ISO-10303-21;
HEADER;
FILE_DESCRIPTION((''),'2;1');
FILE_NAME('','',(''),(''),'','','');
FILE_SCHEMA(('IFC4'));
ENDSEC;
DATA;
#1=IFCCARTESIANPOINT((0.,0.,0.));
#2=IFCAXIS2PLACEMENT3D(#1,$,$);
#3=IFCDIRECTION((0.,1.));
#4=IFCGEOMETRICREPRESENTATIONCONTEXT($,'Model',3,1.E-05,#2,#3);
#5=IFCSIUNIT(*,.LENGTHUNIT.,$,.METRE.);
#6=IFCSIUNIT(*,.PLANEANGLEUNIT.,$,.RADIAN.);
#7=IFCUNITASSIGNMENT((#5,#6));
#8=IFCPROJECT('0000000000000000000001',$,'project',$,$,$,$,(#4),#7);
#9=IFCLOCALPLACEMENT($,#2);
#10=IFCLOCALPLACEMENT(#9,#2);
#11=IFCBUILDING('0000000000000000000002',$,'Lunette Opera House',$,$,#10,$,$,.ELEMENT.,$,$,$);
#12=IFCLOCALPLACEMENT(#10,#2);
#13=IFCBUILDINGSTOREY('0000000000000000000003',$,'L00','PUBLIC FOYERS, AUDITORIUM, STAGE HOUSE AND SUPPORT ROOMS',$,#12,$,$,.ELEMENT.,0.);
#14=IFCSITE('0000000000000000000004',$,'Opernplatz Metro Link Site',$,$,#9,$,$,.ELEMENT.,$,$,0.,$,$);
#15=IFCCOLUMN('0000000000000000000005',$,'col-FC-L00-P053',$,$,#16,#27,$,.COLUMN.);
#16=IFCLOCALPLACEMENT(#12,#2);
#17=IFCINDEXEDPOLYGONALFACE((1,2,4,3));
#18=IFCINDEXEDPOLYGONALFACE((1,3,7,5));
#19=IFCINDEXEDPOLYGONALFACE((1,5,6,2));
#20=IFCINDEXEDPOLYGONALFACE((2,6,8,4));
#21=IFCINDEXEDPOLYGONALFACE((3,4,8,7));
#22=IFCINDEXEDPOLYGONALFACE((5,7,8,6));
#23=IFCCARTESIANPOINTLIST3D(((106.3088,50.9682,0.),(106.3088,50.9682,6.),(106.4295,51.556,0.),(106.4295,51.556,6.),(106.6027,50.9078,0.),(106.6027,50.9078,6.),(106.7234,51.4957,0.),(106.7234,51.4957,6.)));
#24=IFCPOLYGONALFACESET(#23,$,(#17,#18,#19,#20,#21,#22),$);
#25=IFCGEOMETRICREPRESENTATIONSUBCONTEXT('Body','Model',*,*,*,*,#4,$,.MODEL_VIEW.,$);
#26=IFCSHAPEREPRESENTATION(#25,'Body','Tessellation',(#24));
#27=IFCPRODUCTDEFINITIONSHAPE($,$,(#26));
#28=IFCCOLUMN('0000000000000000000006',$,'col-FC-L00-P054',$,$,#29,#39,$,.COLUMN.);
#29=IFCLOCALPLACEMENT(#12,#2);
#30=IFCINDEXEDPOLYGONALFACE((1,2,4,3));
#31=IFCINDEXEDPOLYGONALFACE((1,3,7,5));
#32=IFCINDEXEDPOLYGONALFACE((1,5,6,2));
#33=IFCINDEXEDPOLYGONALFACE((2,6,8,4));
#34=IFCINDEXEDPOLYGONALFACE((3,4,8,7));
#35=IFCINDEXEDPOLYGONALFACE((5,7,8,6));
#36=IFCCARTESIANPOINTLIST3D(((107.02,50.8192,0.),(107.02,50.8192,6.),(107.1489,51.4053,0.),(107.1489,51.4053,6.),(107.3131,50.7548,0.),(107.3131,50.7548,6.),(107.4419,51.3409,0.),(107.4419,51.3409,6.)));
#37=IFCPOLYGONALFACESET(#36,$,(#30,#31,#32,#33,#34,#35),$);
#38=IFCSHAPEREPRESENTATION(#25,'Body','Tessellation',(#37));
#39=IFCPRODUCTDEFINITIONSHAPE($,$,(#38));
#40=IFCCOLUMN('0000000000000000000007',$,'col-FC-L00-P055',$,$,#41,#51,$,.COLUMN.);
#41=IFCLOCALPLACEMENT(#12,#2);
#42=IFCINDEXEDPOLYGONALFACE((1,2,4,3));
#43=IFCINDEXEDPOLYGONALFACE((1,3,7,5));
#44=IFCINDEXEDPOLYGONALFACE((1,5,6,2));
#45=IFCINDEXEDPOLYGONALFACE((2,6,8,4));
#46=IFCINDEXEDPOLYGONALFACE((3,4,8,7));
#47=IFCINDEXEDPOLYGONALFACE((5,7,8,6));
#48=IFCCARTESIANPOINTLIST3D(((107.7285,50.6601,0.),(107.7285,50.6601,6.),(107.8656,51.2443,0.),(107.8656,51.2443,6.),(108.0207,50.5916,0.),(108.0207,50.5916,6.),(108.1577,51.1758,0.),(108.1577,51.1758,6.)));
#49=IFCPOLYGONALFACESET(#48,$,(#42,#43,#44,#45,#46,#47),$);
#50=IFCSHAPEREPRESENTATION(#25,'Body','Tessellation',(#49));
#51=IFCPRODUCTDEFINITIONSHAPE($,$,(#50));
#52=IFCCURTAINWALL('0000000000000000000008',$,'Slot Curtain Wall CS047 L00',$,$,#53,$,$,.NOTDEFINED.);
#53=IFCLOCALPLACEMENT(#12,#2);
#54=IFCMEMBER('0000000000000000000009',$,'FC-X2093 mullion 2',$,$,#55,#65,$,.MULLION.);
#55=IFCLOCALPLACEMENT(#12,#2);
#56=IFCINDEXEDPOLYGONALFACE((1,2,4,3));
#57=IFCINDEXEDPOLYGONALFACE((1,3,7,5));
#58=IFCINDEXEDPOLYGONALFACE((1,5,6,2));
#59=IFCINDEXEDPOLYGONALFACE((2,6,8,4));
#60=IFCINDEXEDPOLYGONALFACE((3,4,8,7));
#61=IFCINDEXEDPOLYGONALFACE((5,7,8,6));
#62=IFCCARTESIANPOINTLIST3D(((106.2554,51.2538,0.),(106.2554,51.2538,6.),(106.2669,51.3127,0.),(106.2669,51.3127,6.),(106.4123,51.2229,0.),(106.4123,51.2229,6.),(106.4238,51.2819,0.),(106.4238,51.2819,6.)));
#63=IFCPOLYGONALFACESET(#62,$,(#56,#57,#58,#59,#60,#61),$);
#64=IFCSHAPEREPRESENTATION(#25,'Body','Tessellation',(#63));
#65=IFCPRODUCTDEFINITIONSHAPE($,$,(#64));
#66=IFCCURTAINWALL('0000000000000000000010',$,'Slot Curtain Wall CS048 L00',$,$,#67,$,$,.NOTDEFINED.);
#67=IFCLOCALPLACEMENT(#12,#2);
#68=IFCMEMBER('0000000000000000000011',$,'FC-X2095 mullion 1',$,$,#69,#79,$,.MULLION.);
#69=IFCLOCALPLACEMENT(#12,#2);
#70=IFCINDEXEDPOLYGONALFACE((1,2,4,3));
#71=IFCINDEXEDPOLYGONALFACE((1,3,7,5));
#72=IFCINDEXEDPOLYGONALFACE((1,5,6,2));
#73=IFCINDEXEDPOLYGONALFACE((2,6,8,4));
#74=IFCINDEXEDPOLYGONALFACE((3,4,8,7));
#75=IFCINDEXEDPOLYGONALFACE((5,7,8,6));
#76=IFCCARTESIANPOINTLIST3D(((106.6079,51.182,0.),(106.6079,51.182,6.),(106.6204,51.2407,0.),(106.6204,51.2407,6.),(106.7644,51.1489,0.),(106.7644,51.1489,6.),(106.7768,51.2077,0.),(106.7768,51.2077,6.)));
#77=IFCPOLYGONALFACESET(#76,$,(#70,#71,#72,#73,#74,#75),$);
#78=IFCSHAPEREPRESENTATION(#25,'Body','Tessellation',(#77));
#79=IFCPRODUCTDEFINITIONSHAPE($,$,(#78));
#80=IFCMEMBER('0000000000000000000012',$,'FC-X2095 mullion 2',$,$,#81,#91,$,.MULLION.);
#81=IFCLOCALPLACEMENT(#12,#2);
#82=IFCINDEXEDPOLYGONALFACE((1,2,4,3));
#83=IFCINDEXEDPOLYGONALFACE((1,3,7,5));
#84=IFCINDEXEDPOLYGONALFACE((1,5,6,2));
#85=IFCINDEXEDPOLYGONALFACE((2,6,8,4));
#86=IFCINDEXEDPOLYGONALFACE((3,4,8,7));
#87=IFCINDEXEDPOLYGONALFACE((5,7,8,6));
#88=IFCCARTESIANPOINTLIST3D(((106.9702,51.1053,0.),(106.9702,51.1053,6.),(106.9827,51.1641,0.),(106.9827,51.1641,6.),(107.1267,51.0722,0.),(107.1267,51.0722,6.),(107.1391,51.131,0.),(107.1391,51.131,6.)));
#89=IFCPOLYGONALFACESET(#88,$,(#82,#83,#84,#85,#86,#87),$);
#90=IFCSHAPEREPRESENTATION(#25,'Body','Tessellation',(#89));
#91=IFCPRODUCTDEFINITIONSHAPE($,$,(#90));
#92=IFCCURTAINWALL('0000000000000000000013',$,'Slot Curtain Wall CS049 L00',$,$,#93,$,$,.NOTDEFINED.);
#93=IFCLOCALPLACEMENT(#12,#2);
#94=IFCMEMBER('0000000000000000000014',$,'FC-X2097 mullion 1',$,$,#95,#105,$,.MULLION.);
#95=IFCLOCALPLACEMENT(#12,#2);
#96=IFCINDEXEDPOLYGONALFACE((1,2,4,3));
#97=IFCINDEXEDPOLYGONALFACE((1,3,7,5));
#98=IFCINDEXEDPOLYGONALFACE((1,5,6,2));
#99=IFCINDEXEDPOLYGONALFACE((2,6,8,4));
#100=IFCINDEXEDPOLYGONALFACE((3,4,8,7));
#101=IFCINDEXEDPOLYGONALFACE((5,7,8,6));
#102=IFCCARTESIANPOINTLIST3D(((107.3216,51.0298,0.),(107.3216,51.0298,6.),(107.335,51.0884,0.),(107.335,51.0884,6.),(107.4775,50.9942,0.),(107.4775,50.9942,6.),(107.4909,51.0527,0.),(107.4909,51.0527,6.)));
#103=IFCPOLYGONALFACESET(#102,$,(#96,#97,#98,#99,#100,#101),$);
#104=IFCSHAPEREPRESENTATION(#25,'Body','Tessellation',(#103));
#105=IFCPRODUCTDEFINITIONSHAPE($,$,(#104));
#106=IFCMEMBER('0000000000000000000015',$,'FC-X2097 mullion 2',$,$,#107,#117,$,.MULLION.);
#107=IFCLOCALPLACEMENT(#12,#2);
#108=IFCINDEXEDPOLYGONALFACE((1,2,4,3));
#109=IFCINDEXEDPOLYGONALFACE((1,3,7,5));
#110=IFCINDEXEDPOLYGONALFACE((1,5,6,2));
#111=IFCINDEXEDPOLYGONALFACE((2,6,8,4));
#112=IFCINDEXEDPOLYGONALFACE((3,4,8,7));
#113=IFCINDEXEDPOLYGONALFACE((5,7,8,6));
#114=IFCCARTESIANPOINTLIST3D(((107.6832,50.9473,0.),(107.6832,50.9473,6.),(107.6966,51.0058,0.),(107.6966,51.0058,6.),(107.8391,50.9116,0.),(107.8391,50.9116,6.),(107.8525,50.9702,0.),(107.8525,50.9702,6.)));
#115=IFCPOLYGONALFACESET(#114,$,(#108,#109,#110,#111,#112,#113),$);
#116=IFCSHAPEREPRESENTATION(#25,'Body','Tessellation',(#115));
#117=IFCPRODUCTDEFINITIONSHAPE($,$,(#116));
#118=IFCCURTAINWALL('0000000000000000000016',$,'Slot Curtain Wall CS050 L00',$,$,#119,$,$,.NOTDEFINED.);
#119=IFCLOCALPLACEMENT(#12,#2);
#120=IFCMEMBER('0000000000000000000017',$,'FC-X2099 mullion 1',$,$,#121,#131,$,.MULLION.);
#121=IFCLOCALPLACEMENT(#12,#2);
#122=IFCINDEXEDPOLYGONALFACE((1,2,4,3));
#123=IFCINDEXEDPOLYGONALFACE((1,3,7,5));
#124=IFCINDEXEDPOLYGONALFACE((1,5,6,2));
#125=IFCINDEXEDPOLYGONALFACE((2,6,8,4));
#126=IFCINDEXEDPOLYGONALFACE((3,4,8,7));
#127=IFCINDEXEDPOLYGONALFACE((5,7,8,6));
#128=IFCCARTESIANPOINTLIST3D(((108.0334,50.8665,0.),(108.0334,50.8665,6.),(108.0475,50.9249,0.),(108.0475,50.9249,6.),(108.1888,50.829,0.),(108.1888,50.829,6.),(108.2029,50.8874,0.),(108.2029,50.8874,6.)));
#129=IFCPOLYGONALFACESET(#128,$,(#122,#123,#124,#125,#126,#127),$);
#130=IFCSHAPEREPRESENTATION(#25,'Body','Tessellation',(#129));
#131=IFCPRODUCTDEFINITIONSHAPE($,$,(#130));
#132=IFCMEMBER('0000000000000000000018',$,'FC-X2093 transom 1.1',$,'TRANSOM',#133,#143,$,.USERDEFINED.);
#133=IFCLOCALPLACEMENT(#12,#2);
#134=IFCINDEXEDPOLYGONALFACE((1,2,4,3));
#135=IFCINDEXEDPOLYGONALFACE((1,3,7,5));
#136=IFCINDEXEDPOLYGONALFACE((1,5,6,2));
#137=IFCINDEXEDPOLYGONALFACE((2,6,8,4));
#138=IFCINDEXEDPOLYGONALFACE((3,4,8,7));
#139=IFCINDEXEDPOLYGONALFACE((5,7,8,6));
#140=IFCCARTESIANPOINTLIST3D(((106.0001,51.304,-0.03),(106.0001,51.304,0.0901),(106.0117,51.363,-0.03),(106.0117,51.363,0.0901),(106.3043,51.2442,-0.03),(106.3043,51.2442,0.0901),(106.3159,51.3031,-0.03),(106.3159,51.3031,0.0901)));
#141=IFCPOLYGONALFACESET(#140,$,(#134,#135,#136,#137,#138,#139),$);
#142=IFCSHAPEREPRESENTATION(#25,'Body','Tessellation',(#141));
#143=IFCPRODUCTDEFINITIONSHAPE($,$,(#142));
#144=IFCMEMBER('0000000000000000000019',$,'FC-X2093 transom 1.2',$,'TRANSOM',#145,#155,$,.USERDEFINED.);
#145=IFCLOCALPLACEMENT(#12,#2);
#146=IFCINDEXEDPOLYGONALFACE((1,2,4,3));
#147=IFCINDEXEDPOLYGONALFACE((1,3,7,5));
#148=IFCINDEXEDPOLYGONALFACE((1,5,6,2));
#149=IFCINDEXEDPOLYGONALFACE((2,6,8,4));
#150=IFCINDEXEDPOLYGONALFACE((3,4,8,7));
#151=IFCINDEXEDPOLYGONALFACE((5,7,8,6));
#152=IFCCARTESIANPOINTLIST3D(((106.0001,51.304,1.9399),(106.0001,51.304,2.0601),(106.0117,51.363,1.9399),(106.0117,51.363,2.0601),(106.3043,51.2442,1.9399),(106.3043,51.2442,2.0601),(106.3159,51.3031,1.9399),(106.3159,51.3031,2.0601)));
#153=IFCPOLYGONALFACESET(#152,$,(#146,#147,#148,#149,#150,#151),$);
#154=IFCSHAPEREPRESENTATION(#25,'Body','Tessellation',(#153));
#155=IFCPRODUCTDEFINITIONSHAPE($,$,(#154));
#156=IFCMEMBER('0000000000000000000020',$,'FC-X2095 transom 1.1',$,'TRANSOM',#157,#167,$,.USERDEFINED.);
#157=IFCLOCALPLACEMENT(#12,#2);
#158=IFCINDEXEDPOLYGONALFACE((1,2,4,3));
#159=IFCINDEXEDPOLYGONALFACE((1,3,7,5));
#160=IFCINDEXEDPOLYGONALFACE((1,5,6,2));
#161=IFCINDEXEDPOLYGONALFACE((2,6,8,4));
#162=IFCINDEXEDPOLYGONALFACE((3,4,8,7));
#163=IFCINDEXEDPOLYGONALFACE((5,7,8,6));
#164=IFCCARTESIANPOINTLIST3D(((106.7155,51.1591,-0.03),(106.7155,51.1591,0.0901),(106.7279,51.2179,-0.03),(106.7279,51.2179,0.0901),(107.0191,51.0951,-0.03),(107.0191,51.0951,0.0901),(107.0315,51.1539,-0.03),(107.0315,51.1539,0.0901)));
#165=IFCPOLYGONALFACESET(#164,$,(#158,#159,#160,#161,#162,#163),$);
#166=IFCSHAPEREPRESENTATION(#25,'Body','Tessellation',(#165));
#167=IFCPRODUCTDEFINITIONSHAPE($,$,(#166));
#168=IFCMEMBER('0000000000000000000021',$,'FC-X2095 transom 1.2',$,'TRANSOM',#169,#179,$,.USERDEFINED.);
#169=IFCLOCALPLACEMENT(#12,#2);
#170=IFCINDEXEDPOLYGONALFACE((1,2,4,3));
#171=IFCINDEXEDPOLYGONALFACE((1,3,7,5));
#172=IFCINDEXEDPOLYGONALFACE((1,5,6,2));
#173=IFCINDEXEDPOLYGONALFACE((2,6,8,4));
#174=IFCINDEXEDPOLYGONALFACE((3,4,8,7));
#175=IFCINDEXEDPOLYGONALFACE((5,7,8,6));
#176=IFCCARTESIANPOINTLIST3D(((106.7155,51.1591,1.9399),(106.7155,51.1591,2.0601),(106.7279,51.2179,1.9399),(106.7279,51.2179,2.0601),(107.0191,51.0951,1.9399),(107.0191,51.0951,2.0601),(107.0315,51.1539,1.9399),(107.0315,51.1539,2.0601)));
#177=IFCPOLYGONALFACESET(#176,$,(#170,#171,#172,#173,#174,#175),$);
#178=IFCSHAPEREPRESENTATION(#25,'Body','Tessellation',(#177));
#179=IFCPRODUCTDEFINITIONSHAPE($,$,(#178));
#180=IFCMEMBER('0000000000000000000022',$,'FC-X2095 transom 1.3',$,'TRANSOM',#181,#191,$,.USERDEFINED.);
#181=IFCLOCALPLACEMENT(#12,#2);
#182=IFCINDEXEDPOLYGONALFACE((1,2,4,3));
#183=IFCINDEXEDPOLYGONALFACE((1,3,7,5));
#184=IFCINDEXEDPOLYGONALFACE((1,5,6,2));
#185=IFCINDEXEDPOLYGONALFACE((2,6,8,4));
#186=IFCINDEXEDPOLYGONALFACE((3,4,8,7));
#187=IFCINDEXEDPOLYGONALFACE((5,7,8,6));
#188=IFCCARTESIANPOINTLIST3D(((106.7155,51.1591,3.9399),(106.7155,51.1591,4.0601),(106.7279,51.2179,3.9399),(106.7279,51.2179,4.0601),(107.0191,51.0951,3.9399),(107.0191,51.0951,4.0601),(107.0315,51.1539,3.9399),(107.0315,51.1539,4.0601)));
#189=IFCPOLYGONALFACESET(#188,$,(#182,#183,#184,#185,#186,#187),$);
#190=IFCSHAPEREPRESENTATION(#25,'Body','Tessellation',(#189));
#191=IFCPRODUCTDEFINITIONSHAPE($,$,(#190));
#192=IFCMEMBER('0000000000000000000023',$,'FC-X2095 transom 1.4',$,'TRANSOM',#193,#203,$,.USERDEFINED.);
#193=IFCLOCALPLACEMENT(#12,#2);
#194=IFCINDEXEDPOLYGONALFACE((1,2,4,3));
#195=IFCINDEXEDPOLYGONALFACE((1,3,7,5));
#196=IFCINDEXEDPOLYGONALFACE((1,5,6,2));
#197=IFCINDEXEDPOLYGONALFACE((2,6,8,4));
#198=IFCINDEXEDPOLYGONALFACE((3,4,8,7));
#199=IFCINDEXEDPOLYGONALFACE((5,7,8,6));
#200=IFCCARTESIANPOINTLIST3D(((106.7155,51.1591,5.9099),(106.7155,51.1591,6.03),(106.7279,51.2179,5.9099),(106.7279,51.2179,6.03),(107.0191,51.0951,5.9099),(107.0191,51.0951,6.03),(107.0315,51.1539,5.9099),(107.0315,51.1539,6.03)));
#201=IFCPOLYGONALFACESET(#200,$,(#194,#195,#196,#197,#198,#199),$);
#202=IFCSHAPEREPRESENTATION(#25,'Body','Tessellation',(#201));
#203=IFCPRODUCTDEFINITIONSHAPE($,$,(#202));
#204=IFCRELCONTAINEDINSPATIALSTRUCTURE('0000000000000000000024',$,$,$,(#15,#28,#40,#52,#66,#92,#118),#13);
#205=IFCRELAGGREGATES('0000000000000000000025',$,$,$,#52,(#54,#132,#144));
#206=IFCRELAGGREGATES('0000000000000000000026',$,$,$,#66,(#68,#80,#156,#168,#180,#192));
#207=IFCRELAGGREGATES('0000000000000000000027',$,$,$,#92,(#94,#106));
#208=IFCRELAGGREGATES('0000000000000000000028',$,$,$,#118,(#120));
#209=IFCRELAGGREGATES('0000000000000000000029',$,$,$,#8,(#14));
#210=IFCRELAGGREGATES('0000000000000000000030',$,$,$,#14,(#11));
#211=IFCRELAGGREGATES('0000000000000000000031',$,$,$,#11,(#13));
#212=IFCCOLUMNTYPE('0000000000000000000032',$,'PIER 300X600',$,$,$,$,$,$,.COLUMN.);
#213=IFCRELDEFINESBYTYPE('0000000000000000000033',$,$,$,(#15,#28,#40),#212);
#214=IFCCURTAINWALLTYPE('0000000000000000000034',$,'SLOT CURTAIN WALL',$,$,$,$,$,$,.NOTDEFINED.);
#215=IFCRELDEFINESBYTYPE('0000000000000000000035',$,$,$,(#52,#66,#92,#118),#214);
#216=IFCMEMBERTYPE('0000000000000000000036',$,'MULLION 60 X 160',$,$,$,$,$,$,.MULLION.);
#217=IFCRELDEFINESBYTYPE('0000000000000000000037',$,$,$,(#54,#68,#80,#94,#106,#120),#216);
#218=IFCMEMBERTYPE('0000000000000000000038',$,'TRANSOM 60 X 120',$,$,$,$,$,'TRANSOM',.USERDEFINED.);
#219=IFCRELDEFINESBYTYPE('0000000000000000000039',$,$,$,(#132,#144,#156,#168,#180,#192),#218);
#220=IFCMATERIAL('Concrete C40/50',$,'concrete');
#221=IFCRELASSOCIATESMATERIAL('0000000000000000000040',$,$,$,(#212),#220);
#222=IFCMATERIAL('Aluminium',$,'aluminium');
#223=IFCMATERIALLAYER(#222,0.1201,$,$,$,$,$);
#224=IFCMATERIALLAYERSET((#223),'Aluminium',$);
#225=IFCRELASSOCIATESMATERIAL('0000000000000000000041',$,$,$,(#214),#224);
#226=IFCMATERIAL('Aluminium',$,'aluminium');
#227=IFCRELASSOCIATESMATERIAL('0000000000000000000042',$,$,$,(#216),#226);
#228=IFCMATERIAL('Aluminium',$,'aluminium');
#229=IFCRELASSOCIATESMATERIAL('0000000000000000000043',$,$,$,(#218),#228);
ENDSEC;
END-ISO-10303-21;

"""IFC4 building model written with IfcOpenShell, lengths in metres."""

from ifc_helpers import new_model, si_unit, direction, frame, origin, origin_2d, place, context, subcontext, project, spatial, rectangle, extrude, material, layer, layer_set, material_profile, profile_set, type_object, element, aggregate, save


model = new_model("IFC4")

# Units and contexts
model_context = context("Model", 3, precision=1e-05, world=origin(), true_north=direction((0.0, 1.0)))
body_context = subcontext(model_context, "Body", "Model", "MODEL_VIEW")
ifc_project = project(units=[si_unit("LENGTHUNIT", "METRE"), si_unit("PLANEANGLEUNIT", "RADIAN")], contexts=[model_context])

# Site, building, storey
site_placement = place(None, origin())
site = spatial("IfcSite", under=ifc_project, at=site_placement, Name="Opernplatz Metro Link Site", CompositionType="ELEMENT", RefElevation=0.0)
building_placement = place(site_placement, origin())
building = spatial("IfcBuilding", under=site, at=building_placement, Name="Lunette Opera House", CompositionType="ELEMENT")
storey_placement = place(building_placement, origin())
storey = spatial("IfcBuildingStorey", under=building, at=storey_placement, Name="L00", Description="PUBLIC FOYERS, AUDITORIUM, STAGE HOUSE AND SUPPORT ROOMS", CompositionType="ELEMENT", Elevation=0.0)

# Columns
ifc_material_1 = material(Name="Concrete C40/50", Category="concrete")
ifc_material_profile_1 = material_profile(ifc_material_1, rectangle(XDim=0.3, YDim=0.6001, at=origin_2d()), Name="PIER 300X600")
ifc_profile_set_1 = profile_set([ifc_material_profile_1], Name="Concrete C40/50")
column_type = type_object("IfcColumnType", Name="PIER 300X600", PredefinedType="COLUMN", material=ifc_profile_set_1)
for number, where, z_axis, x_axis, name in (
    (1, (106.5161, 51.2319, 0.0), (0.0, 0.0, 1.0), (0.979575, -0.201078, 0.0), "col-FC-L00-P053"),
    (2, (107.231, 51.0801, 0.0), (0.0, 0.0, 1.0), (0.976672, -0.214735, 0.0), "col-FC-L00-P054"),
    (3, (107.9431, 50.918, 0.0), (0.0, 0.0, 1.0), (0.973579, -0.228351, 0.0), "col-FC-L00-P055"),
):
    element("IfcColumn", number, at=place(storey_placement, frame(where, z_axis=z_axis, x_axis=x_axis)), inside=storey, type_object=column_type, Name=name, PredefinedType="COLUMN", context=body_context, shape_type="SweptSolid", body=[
        extrude(rectangle(XDim=0.3, YDim=0.6001, at=origin_2d()), origin(), (0.0, 0.0, 1.0), 6.0),
    ])

# Curtain wall, member
ifc_material_2 = material(Name="Aluminium", Category="aluminium")
ifc_layer_1 = layer(ifc_material_2, 0.1201)
ifc_layer_set_1 = layer_set([ifc_layer_1], Name="Aluminium")
curtain_wall_type = type_object("IfcCurtainWallType", Name="SLOT CURTAIN WALL", PredefinedType="NOTDEFINED", material=ifc_layer_set_1)
curtain_wall_1_placement = place(storey_placement, origin())
curtain_wall_1 = element("IfcCurtainWall", 4, at=curtain_wall_1_placement, inside=storey, type_object=curtain_wall_type, Name="Slot Curtain Wall CS047 L00", PredefinedType="NOTDEFINED")
ifc_material_3 = material(Name="Aluminium", Category="aluminium")
ifc_material_profile_2 = material_profile(ifc_material_3, rectangle(XDim=0.0601, YDim=0.1599, at=origin_2d()), Name="MULLION 60 X 160")
ifc_profile_set_2 = profile_set([ifc_material_profile_2], Name="Aluminium")
member_type_1 = type_object("IfcMemberType", Name="MULLION 60 X 160", PredefinedType="MULLION", material=ifc_profile_set_2)
member_1_placement = place(storey_placement, frame((106.3396, 51.2678, 0.0), z_axis=(0.0, 0.0, 1.0), x_axis=(0.192985, 0.981202, 0.0)))
member_1 = element("IfcMember", 5, at=member_1_placement, type_object=member_type_1, Name="FC-X2093 mullion 2", PredefinedType="MULLION", context=body_context, shape_type="SweptSolid", body=[
    extrude(rectangle(XDim=0.0601, YDim=0.1599, at=origin_2d()), origin(), (0.0, 0.0, 1.0), 6.0),
])

# Curtain walls, members
curtain_wall_2_placement = place(storey_placement, origin())
curtain_wall_2 = element("IfcCurtainWall", 6, at=curtain_wall_2_placement, inside=storey, type_object=curtain_wall_type, Name="Slot Curtain Wall CS048 L00", PredefinedType="NOTDEFINED")
member_2_placement = place(storey_placement, frame((106.6924, 51.1948, 0.0), z_axis=(0.0, 0.0, 1.0), x_axis=(0.20683, 0.978377, 0.0)))
member_2 = element("IfcMember", 7, at=member_2_placement, type_object=member_type_1, Name="FC-X2095 mullion 1", PredefinedType="MULLION", context=body_context, shape_type="SweptSolid", body=[
    extrude(rectangle(XDim=0.0601, YDim=0.1599, at=origin_2d()), origin(), (0.0, 0.0, 1.0), 6.0),
])
member_3_placement = place(storey_placement, frame((107.0547, 51.1182, 0.0), z_axis=(0.0, 0.0, 1.0), x_axis=(0.20683, 0.978377, 0.0)))
member_3 = element("IfcMember", 8, at=member_3_placement, type_object=member_type_1, Name="FC-X2095 mullion 2", PredefinedType="MULLION", context=body_context, shape_type="SweptSolid", body=[
    extrude(rectangle(XDim=0.0601, YDim=0.1599, at=origin_2d()), origin(), (0.0, 0.0, 1.0), 6.0),
])
curtain_wall_3_placement = place(storey_placement, origin())
curtain_wall_3 = element("IfcCurtainWall", 9, at=curtain_wall_3_placement, inside=storey, type_object=curtain_wall_type, Name="Slot Curtain Wall CS049 L00", PredefinedType="NOTDEFINED")
member_4_placement = place(storey_placement, frame((107.4062, 51.0413, 0.0), z_axis=(0.0, 0.0, 1.0), x_axis=(0.222825, 0.974859, 0.0)))
member_4 = element("IfcMember", 10, at=member_4_placement, type_object=member_type_1, Name="FC-X2097 mullion 1", PredefinedType="MULLION", context=body_context, shape_type="SweptSolid", body=[
    extrude(rectangle(XDim=0.0601, YDim=0.1599, at=origin_2d()), origin(), (0.0, 0.0, 1.0), 6.0),
])
member_5_placement = place(storey_placement, frame((107.7678, 50.9587, 0.0), z_axis=(0.0, 0.0, 1.0), x_axis=(0.222825, 0.974859, 0.0)))
member_5 = element("IfcMember", 11, at=member_5_placement, type_object=member_type_1, Name="FC-X2097 mullion 2", PredefinedType="MULLION", context=body_context, shape_type="SweptSolid", body=[
    extrude(rectangle(XDim=0.0601, YDim=0.1599, at=origin_2d()), origin(), (0.0, 0.0, 1.0), 6.0),
])

# Curtain wall, member
curtain_wall_4_placement = place(storey_placement, origin())
curtain_wall_4 = element("IfcCurtainWall", 12, at=curtain_wall_4_placement, inside=storey, type_object=curtain_wall_type, Name="Slot Curtain Wall CS050 L00", PredefinedType="NOTDEFINED")
member_6_placement = place(storey_placement, frame((108.1182, 50.877, 0.0), z_axis=(0.0, 0.0, 1.0), x_axis=(0.234868, 0.972027, 0.0)))
member_6 = element("IfcMember", 13, at=member_6_placement, type_object=member_type_1, Name="FC-X2099 mullion 1", PredefinedType="MULLION", context=body_context, shape_type="SweptSolid", body=[
    extrude(rectangle(XDim=0.0601, YDim=0.1599, at=origin_2d()), origin(), (0.0, 0.0, 1.0), 6.0),
])

# Members
ifc_material_4 = material(Name="Aluminium", Category="aluminium")
ifc_material_profile_3 = material_profile(ifc_material_4, rectangle(XDim=0.0601, YDim=0.1201, at=origin_2d()), Name="TRANSOM 60 X 120")
ifc_profile_set_3 = profile_set([ifc_material_profile_3], Name="Aluminium")
member_type_2 = type_object("IfcMemberType", Name="TRANSOM 60 X 120", ElementType="TRANSOM", PredefinedType="USERDEFINED", material=ifc_profile_set_3)
member_7_placement = place(storey_placement, frame((106.0059, 51.3335, 0.03), z_axis=(0.981212, -0.192935, 0.0), x_axis=(0.192935, 0.981212, 0.0)))
member_7 = element("IfcMember", 14, at=member_7_placement, type_object=member_type_2, Name="FC-X2093 transom 1.1", ObjectType="TRANSOM", PredefinedType="USERDEFINED", context=body_context, shape_type="SweptSolid", body=[
    extrude(rectangle(XDim=0.0601, YDim=0.1201, at=origin_2d()), origin(), (0.0, 0.0, 1.0), 0.3101),
])
member_8_placement = place(storey_placement, frame((106.0059, 51.3335, 2.0), z_axis=(0.981212, -0.192935, 0.0), x_axis=(0.192935, 0.981212, 0.0)))
member_8 = element("IfcMember", 15, at=member_8_placement, type_object=member_type_2, Name="FC-X2093 transom 1.2", ObjectType="TRANSOM", PredefinedType="USERDEFINED", context=body_context, shape_type="SweptSolid", body=[
    extrude(rectangle(XDim=0.0601, YDim=0.1201, at=origin_2d()), origin(), (0.0, 0.0, 1.0), 0.3101),
])
member_9_placement = place(storey_placement, frame((106.7217, 51.1885, 0.03), z_axis=(0.978533, -0.20609, 0.0), x_axis=(0.20609, 0.978533, 0.0)))
member_9 = element("IfcMember", 16, at=member_9_placement, type_object=member_type_2, Name="FC-X2095 transom 1.1", ObjectType="TRANSOM", PredefinedType="USERDEFINED", context=body_context, shape_type="SweptSolid", body=[
    extrude(rectangle(XDim=0.0601, YDim=0.1201, at=origin_2d()), origin(), (0.0, 0.0, 1.0), 0.3103),
])
member_10_placement = place(storey_placement, frame((106.7217, 51.1885, 2.0), z_axis=(0.978533, -0.20609, 0.0), x_axis=(0.20609, 0.978533, 0.0)))
member_10 = element("IfcMember", 17, at=member_10_placement, type_object=member_type_2, Name="FC-X2095 transom 1.2", ObjectType="TRANSOM", PredefinedType="USERDEFINED", context=body_context, shape_type="SweptSolid", body=[
    extrude(rectangle(XDim=0.0601, YDim=0.1201, at=origin_2d()), origin(), (0.0, 0.0, 1.0), 0.3103),
])
member_11_placement = place(storey_placement, frame((106.7217, 51.1885, 4.0), z_axis=(0.978533, -0.20609, 0.0), x_axis=(0.20609, 0.978533, 0.0)))
member_11 = element("IfcMember", 18, at=member_11_placement, type_object=member_type_2, Name="FC-X2095 transom 1.3", ObjectType="TRANSOM", PredefinedType="USERDEFINED", context=body_context, shape_type="SweptSolid", body=[
    extrude(rectangle(XDim=0.0601, YDim=0.1201, at=origin_2d()), origin(), (0.0, 0.0, 1.0), 0.3103),
])
member_12_placement = place(storey_placement, frame((106.7217, 51.1885, 5.97), z_axis=(0.978533, -0.20609, 0.0), x_axis=(0.20609, 0.978533, 0.0)))
member_12 = element("IfcMember", 19, at=member_12_placement, type_object=member_type_2, Name="FC-X2095 transom 1.4", ObjectType="TRANSOM", PredefinedType="USERDEFINED", context=body_context, shape_type="SweptSolid", body=[
    extrude(rectangle(XDim=0.0601, YDim=0.1201, at=origin_2d()), origin(), (0.0, 0.0, 1.0), 0.3103),
])

aggregate(curtain_wall_1, [member_1, member_7, member_8])
aggregate(curtain_wall_2, [member_2, member_3, member_9, member_10, member_11, member_12])
aggregate(curtain_wall_3, [member_4, member_5])
aggregate(curtain_wall_4, [member_6])

save(model, "model.ifc")
